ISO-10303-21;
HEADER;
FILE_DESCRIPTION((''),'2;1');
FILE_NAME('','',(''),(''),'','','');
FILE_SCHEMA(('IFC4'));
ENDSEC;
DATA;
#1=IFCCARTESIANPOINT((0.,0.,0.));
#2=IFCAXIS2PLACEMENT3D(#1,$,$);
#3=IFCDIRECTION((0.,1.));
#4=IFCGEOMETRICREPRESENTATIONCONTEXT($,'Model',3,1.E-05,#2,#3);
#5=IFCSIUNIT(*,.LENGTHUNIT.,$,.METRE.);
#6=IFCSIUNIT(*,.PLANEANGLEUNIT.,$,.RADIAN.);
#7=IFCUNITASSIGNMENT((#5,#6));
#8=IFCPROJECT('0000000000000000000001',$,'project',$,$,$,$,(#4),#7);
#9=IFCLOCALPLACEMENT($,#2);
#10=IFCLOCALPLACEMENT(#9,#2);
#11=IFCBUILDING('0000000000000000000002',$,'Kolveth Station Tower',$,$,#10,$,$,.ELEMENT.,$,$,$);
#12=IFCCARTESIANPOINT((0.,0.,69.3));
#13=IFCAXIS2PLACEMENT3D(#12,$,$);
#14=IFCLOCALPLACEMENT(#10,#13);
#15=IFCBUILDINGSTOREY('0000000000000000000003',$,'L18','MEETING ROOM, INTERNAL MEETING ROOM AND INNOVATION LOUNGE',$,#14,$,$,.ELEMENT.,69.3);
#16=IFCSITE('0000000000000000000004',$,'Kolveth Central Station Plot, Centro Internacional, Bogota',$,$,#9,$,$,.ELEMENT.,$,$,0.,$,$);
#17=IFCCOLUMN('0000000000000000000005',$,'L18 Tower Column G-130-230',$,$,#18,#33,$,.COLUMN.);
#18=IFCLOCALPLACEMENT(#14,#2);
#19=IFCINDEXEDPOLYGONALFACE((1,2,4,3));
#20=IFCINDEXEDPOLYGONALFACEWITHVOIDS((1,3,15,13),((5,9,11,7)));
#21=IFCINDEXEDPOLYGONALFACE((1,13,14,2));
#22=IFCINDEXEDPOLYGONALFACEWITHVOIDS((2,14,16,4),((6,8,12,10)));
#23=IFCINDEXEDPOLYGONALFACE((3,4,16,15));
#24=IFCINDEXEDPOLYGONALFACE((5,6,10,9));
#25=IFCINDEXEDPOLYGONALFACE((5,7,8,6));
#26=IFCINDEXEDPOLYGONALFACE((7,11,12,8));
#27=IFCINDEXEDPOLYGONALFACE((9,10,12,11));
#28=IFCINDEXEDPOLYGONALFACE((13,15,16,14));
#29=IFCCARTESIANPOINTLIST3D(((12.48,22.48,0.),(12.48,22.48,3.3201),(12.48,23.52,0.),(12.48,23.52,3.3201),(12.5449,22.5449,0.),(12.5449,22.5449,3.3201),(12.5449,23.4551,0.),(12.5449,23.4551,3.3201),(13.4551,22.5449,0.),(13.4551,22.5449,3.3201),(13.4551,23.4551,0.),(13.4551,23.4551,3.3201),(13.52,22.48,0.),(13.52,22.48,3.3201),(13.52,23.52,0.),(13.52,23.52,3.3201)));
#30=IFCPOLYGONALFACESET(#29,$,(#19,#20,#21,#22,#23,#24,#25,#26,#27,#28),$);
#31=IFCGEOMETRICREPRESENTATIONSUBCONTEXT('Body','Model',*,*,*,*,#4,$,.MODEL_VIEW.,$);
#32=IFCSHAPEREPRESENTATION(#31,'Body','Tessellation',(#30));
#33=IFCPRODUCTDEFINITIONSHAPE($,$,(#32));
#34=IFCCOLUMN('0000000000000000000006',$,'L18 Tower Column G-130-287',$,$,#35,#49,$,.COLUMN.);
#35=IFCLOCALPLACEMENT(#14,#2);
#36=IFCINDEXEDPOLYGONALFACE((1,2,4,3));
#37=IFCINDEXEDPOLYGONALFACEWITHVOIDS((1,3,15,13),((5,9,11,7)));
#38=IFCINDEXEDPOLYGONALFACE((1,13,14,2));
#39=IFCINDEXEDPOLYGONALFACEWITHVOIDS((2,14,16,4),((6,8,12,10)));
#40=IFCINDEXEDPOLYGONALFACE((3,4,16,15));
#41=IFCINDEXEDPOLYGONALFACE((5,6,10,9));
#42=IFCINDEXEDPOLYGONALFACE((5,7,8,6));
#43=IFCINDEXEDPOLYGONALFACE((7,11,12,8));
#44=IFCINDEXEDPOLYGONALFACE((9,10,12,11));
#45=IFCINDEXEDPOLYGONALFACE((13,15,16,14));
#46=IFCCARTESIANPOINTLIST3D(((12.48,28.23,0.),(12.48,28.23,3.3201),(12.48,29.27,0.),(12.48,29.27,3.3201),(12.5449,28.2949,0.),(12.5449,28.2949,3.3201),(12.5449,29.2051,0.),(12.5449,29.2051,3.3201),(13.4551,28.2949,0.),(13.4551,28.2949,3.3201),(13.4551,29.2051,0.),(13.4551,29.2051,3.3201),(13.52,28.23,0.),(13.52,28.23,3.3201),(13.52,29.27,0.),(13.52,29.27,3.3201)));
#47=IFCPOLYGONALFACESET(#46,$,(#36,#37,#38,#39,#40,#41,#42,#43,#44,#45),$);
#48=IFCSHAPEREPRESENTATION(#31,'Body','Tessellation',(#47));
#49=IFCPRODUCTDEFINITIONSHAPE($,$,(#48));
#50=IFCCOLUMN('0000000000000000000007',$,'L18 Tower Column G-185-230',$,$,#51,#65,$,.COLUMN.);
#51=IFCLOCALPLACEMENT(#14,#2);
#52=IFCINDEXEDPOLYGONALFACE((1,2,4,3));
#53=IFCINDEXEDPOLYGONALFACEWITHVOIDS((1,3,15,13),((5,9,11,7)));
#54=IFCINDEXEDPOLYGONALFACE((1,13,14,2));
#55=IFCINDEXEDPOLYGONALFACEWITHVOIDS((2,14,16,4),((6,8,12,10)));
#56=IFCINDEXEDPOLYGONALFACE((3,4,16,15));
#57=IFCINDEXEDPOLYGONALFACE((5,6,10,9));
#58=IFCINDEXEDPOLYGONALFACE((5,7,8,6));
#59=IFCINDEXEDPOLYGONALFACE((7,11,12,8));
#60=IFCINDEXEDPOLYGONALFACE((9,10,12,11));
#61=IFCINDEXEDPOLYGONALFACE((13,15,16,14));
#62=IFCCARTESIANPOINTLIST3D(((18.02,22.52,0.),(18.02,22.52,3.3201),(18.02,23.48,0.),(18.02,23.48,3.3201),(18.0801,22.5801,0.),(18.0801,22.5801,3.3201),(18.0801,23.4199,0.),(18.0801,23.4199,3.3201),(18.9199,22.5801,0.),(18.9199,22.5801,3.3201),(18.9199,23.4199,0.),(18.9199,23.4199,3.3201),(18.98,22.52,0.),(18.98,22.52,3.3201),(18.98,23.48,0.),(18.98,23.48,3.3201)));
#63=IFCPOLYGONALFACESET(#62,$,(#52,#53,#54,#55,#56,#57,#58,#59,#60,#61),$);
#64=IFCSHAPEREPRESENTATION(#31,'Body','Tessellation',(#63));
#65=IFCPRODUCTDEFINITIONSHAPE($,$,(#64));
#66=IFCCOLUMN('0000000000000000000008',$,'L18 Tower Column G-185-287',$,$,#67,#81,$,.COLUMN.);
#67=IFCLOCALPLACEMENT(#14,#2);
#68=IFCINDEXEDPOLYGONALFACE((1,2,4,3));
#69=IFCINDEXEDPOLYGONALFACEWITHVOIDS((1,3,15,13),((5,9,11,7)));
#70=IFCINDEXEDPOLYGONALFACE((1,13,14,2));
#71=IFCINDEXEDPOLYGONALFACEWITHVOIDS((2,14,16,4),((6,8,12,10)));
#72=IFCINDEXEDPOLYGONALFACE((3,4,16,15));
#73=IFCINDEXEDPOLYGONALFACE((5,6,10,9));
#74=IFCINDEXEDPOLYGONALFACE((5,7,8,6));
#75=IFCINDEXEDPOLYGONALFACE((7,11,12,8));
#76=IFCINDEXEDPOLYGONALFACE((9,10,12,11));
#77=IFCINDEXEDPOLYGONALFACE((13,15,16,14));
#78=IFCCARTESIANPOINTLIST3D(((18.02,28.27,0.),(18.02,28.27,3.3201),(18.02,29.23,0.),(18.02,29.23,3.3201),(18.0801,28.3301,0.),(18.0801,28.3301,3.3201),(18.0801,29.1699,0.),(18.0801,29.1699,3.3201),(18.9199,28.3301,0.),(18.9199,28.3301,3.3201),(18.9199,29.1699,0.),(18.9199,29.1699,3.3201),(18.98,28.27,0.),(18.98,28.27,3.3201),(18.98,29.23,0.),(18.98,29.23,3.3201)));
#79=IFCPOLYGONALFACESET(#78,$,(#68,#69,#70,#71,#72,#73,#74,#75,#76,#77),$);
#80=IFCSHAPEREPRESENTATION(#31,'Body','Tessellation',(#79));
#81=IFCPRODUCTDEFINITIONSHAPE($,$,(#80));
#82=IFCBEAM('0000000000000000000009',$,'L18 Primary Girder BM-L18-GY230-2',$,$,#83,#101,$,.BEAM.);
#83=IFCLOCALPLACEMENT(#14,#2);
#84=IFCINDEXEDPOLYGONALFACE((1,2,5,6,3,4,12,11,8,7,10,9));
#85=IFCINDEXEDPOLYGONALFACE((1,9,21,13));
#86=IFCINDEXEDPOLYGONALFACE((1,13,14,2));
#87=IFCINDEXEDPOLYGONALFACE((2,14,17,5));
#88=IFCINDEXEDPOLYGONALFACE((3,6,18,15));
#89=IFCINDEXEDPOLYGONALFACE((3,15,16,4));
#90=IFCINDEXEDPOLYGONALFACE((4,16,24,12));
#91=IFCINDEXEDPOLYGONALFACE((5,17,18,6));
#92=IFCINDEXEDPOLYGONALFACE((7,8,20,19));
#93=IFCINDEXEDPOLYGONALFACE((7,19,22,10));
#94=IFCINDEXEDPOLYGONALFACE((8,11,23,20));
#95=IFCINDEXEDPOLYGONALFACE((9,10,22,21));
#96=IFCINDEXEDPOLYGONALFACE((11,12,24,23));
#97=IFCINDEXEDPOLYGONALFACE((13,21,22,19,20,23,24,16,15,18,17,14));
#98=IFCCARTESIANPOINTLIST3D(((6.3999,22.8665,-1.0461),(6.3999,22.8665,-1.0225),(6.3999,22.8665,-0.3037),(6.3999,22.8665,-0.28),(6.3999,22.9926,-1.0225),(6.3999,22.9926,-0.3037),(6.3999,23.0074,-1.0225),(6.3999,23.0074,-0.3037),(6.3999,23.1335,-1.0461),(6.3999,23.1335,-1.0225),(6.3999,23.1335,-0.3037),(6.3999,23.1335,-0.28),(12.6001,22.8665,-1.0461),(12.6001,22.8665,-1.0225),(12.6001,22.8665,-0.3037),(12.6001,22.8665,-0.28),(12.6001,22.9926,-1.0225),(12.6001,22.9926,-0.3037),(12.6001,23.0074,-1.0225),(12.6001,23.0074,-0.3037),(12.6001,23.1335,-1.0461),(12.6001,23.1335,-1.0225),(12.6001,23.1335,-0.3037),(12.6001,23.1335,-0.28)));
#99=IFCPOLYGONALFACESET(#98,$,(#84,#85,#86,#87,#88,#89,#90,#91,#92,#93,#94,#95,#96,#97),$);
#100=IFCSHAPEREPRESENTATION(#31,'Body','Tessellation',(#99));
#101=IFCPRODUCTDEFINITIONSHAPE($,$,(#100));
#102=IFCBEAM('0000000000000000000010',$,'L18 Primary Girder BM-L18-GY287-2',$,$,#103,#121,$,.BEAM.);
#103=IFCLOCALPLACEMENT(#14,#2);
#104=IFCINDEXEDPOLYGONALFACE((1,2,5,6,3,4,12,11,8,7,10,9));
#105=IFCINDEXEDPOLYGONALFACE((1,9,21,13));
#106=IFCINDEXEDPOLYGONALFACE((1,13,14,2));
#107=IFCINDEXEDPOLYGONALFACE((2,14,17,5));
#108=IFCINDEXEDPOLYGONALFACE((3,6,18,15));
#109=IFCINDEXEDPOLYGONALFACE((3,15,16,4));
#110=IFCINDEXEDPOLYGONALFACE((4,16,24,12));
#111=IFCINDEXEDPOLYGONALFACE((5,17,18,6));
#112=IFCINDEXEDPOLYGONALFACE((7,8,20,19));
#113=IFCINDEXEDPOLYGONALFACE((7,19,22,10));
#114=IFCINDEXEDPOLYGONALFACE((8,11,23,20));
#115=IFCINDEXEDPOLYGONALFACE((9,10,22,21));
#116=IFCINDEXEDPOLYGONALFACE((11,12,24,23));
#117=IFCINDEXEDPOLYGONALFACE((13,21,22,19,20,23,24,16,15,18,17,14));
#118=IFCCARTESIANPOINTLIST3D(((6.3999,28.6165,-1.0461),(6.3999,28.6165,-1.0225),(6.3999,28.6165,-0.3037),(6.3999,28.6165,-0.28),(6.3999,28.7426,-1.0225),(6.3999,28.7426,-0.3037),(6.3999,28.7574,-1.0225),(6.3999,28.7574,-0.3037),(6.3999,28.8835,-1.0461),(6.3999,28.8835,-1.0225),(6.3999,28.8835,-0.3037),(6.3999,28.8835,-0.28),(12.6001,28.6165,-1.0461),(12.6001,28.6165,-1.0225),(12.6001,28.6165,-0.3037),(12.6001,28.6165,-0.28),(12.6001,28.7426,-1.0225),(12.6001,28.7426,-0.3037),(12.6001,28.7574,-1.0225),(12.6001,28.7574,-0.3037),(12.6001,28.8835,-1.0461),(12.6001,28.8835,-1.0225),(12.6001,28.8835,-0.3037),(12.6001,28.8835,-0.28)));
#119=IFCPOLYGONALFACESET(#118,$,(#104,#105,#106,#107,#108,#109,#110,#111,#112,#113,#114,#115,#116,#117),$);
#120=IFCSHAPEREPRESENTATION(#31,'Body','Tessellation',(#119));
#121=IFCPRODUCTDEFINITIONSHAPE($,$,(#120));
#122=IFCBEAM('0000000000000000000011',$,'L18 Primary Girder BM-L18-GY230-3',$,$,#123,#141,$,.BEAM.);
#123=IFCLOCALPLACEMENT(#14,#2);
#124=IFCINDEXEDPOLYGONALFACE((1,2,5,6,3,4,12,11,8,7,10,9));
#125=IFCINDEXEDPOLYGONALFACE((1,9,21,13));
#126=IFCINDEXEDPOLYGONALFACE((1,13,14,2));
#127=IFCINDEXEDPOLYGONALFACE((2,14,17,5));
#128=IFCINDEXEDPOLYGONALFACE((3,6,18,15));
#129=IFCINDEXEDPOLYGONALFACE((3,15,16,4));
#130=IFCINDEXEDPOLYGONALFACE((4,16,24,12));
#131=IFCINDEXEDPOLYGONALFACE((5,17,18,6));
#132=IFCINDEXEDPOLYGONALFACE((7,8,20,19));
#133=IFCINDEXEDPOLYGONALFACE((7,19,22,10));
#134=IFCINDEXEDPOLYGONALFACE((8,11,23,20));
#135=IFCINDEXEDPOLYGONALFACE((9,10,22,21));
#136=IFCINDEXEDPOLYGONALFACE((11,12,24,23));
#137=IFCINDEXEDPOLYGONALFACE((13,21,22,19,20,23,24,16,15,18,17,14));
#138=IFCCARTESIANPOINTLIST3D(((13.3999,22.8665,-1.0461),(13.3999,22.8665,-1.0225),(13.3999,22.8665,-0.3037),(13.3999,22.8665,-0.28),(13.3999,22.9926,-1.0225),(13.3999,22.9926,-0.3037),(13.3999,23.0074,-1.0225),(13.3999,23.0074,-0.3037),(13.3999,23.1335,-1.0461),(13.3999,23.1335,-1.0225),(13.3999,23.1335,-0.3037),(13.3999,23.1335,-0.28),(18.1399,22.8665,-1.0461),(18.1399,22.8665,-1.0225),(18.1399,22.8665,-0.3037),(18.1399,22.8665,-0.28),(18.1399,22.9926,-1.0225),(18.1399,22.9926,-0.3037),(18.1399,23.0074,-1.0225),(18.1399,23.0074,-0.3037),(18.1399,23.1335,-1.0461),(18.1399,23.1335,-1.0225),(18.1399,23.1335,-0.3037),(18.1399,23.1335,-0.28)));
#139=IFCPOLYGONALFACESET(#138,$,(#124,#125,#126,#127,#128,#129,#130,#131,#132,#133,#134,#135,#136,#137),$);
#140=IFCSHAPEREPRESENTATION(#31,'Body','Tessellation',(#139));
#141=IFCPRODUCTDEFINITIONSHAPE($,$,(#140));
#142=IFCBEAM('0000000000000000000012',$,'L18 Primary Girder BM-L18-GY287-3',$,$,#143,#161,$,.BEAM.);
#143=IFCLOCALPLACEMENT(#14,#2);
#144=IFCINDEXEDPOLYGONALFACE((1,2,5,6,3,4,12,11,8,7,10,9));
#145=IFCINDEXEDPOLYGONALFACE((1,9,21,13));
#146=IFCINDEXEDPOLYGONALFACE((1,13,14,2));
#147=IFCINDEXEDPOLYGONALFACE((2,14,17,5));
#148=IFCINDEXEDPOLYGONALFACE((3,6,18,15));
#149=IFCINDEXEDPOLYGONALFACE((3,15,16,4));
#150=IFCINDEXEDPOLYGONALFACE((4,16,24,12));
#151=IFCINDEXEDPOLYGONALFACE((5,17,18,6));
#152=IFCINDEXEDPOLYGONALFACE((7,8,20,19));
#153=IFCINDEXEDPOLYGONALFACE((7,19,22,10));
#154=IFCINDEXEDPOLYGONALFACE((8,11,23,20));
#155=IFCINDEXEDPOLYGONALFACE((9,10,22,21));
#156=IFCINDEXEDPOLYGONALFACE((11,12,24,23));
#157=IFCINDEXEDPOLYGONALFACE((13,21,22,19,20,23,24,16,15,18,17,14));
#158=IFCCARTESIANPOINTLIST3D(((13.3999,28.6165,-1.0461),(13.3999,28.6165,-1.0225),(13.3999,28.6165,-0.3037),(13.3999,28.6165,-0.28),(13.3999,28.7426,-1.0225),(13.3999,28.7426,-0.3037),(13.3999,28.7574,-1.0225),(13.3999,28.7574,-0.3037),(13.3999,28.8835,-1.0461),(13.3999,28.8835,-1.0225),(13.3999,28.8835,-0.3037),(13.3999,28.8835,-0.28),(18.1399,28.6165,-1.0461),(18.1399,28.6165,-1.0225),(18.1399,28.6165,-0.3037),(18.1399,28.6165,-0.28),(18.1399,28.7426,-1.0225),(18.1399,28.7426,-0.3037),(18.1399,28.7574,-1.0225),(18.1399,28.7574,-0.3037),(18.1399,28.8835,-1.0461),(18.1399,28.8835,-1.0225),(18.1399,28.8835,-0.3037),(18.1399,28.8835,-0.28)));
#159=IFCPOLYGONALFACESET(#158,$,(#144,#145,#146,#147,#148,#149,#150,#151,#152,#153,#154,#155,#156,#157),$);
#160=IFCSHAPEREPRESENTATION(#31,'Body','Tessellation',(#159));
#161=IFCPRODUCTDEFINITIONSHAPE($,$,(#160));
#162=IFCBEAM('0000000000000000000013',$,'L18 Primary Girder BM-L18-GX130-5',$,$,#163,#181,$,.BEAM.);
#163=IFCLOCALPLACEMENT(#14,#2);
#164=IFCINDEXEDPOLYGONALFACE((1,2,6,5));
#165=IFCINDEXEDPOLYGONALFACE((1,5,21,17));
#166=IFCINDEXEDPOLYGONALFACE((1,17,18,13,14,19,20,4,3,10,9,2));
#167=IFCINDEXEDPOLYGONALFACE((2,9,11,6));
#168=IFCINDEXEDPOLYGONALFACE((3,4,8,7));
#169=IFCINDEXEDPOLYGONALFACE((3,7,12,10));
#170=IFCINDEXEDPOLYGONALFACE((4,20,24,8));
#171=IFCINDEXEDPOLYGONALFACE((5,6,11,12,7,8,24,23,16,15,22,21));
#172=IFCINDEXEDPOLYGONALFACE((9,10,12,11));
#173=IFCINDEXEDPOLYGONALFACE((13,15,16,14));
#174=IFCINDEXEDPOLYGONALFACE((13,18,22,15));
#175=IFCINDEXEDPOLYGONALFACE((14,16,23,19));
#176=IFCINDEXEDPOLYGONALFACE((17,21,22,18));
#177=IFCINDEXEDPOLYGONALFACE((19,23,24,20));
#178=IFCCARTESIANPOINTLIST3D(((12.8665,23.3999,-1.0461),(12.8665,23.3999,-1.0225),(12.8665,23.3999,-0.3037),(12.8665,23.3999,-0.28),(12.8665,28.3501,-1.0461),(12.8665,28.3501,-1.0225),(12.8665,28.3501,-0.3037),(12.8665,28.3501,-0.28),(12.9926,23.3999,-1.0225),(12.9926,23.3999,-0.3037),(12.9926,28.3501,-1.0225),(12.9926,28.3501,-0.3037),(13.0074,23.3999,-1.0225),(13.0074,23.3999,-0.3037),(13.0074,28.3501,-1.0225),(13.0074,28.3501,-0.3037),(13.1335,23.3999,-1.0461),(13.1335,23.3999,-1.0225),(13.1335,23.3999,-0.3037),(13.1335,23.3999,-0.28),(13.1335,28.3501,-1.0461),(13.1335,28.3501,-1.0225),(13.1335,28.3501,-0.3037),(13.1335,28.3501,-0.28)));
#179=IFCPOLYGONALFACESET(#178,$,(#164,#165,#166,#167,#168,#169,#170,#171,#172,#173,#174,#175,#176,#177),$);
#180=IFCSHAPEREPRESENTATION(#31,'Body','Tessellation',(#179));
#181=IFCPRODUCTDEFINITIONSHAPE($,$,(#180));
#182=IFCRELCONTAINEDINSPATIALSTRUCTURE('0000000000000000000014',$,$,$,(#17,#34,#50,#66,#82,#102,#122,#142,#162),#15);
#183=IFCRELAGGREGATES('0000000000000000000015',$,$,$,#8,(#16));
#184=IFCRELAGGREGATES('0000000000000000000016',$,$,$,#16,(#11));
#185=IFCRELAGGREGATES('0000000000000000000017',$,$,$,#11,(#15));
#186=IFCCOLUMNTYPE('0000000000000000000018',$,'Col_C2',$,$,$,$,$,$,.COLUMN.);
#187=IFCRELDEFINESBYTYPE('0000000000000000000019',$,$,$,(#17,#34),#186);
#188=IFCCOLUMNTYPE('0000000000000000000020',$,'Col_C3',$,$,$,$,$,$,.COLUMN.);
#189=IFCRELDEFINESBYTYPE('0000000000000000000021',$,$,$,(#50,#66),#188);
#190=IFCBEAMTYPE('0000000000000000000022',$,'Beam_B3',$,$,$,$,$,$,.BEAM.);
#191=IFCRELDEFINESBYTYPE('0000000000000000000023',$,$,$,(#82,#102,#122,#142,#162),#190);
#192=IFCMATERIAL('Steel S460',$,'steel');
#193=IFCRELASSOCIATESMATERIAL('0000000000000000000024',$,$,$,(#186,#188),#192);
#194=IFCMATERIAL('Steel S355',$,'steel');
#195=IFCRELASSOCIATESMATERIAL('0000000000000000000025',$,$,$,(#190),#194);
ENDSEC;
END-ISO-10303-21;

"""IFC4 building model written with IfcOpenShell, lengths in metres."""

from ifc_helpers import new_model, si_unit, direction, frame, origin, origin_2d, place, context, subcontext, project, spatial, hollow_rectangle, i_section, extrude, source, transform, mapped, material, material_profile, profile_set, type_object, element, save


model = new_model("IFC4")

# Units and contexts
model_context = context("Model", 3, precision=1e-05, world=origin(), true_north=direction((0.0, 1.0)))
body_context = subcontext(model_context, "Body", "Model", "MODEL_VIEW")
ifc_project = project(units=[si_unit("LENGTHUNIT", "METRE"), si_unit("PLANEANGLEUNIT", "RADIAN")], contexts=[model_context])

# Site, building, storey
site_placement = place(None, origin())
site = spatial("IfcSite", under=ifc_project, at=site_placement, Name="Kolveth Central Station Plot, Centro Internacional, Bogota", CompositionType="ELEMENT", RefElevation=0.0)
building_placement = place(site_placement, origin())
building = spatial("IfcBuilding", under=site, at=building_placement, Name="Kolveth Station Tower", CompositionType="ELEMENT")
storey_placement = place(building_placement, frame((0.0, 0.0, 69.3)))
storey = spatial("IfcBuildingStorey", under=building, at=storey_placement, Name="L18", Description="MEETING ROOM, INTERNAL MEETING ROOM AND INNOVATION LOUNGE", CompositionType="ELEMENT", Elevation=69.3)

# Columns
ifc_material_1 = material(Name="Steel S460", Category="steel")
ifc_material_profile_1 = material_profile(ifc_material_1, hollow_rectangle(XDim=1.04, YDim=1.04, WallThickness=0.0649, at=origin_2d()), Name="BOX1040x1040x65")
ifc_profile_set_1 = profile_set([ifc_material_profile_1], Name="Steel S460")
column_type_1 = type_object("IfcColumnType", Name="Col_C2", PredefinedType="COLUMN", material=ifc_profile_set_1)
shared_shape_1 = source(origin(), body_context, "Body", "SweptSolid", [
    extrude(hollow_rectangle(XDim=1.04, YDim=1.04, WallThickness=0.0649, at=origin_2d()), origin(), (0.0, 0.0, 1.0), 3.3201),
])
for number, where, z_axis, x_axis, name in (
    (1, (13.0, 23.0, 0.0), (0.0, 0.0, 1.0), (1.0, 0.0, 0.0), "L18 Tower Column G-130-230"),
    (2, (13.0, 28.75, 0.0), (0.0, 0.0, 1.0), (1.0, 0.0, 0.0), "L18 Tower Column G-130-287"),
):
    element("IfcColumn", number, at=place(storey_placement, frame(where, z_axis=z_axis, x_axis=x_axis)), inside=storey, type_object=column_type_1, Name=name, PredefinedType="COLUMN", context=body_context, shape_type="MappedRepresentation", body=[
        mapped(shared_shape_1, transform((0.0, 0.0, 0.0), x_axis=(1.0, 0.0, 0.0), y_axis=(0.0, 1.0, 0.0), z_axis=(0.0, 0.0, 1.0), scale=1.0)),
    ])
ifc_material_profile_2 = material_profile(ifc_material_1, hollow_rectangle(XDim=0.96, YDim=0.96, WallThickness=0.0601, at=origin_2d()), Name="BOX960x960x60")
ifc_profile_set_2 = profile_set([ifc_material_profile_2], Name="Steel S460")
column_type_2 = type_object("IfcColumnType", Name="Col_C3", PredefinedType="COLUMN", material=ifc_profile_set_2)
shared_shape_2 = source(origin(), body_context, "Body", "SweptSolid", [
    extrude(hollow_rectangle(XDim=0.96, YDim=0.96, WallThickness=0.0601, at=origin_2d()), origin(), (0.0, 0.0, 1.0), 3.3201),
])
for number, where, z_axis, x_axis, name in (
    (3, (18.5, 23.0, 0.0), (0.0, 0.0, 1.0), (1.0, 0.0, 0.0), "L18 Tower Column G-185-230"),
    (4, (18.5, 28.75, 0.0), (0.0, 0.0, 1.0), (1.0, 0.0, 0.0), "L18 Tower Column G-185-287"),
):
    element("IfcColumn", number, at=place(storey_placement, frame(where, z_axis=z_axis, x_axis=x_axis)), inside=storey, type_object=column_type_2, Name=name, PredefinedType="COLUMN", context=body_context, shape_type="MappedRepresentation", body=[
        mapped(shared_shape_2, transform((0.0, 0.0, 0.0), x_axis=(1.0, 0.0, 0.0), y_axis=(0.0, 1.0, 0.0), z_axis=(0.0, 0.0, 1.0), scale=1.0)),
    ])

# Beams
ifc_material_2 = material(Name="Steel S355", Category="steel")
ifc_material_profile_3 = material_profile(ifc_material_2, i_section(OverallWidth=0.2671, OverallDepth=0.7661, WebThickness=0.0149, FlangeThickness=0.0237, at=origin_2d()), Name="W760x185")
ifc_profile_set_3 = profile_set([ifc_material_profile_3], Name="Steel S355")
beam_type_1 = type_object("IfcBeamType", Name="Beam_B3", PredefinedType="BEAM", material=ifc_profile_set_3)
shared_shape_3 = source(origin(), body_context, "Body", "SweptSolid", [
    extrude(i_section(OverallWidth=0.2671, OverallDepth=0.7661, WebThickness=0.0149, FlangeThickness=0.0237, at=origin_2d()), origin(), (0.0, 0.0, 1.0), 6.2002),
])
for number, where, z_axis, x_axis, name in (
    (5, (6.3999, 23.0, -0.6631), (1.0, 0.0, 0.0), (0.0, 1.0, 0.0), "L18 Primary Girder BM-L18-GY230-2"),
    (6, (6.3999, 28.75, -0.6631), (1.0, 0.0, 0.0), (0.0, 1.0, 0.0), "L18 Primary Girder BM-L18-GY287-2"),
):
    element("IfcBeam", number, at=place(storey_placement, frame(where, z_axis=z_axis, x_axis=x_axis)), inside=storey, type_object=beam_type_1, Name=name, PredefinedType="BEAM", context=body_context, shape_type="MappedRepresentation", body=[
        mapped(shared_shape_3, transform((0.0, 0.0, 0.0), x_axis=(1.0, 0.0, 0.0), y_axis=(0.0, 1.0, 0.0), z_axis=(0.0, 0.0, 1.0), scale=1.0)),
    ])
shared_shape_4 = source(origin(), body_context, "Body", "SweptSolid", [
    extrude(i_section(OverallWidth=0.2671, OverallDepth=0.7661, WebThickness=0.0149, FlangeThickness=0.0237, at=origin_2d()), origin(), (0.0, 0.0, 1.0), 4.74),
])
for number, where, z_axis, x_axis, name in (
    (7, (13.3999, 23.0, -0.6631), (1.0, 0.0, 0.0), (0.0, 1.0, 0.0), "L18 Primary Girder BM-L18-GY230-3"),
    (8, (13.3999, 28.75, -0.6631), (1.0, 0.0, 0.0), (0.0, 1.0, 0.0), "L18 Primary Girder BM-L18-GY287-3"),
):
    element("IfcBeam", number, at=place(storey_placement, frame(where, z_axis=z_axis, x_axis=x_axis)), inside=storey, type_object=beam_type_1, Name=name, PredefinedType="BEAM", context=body_context, shape_type="MappedRepresentation", body=[
        mapped(shared_shape_4, transform((0.0, 0.0, 0.0), x_axis=(1.0, 0.0, 0.0), y_axis=(0.0, 1.0, 0.0), z_axis=(0.0, 0.0, 1.0), scale=1.0)),
    ])
shared_shape_5 = source(origin(), body_context, "Body", "SweptSolid", [
    extrude(i_section(OverallWidth=0.2671, OverallDepth=0.7661, WebThickness=0.0149, FlangeThickness=0.0237, at=origin_2d()), origin(), (0.0, 0.0, 1.0), 4.9502),
])
beam_1_placement = place(storey_placement, frame((13.0, 23.3999, -0.6631), z_axis=(0.0, 1.0, 0.0), x_axis=(-1.0, 0.0, 0.0)))
element("IfcBeam", 9, at=beam_1_placement, inside=storey, type_object=beam_type_1, Name="L18 Primary Girder BM-L18-GX130-5", PredefinedType="BEAM", context=body_context, shape_type="MappedRepresentation", body=[
    mapped(shared_shape_5, transform((0.0, 0.0, 0.0), x_axis=(1.0, 0.0, 0.0), y_axis=(0.0, 1.0, 0.0), z_axis=(0.0, 0.0, 1.0), scale=1.0)),
])

save(model, "model.ifc")
